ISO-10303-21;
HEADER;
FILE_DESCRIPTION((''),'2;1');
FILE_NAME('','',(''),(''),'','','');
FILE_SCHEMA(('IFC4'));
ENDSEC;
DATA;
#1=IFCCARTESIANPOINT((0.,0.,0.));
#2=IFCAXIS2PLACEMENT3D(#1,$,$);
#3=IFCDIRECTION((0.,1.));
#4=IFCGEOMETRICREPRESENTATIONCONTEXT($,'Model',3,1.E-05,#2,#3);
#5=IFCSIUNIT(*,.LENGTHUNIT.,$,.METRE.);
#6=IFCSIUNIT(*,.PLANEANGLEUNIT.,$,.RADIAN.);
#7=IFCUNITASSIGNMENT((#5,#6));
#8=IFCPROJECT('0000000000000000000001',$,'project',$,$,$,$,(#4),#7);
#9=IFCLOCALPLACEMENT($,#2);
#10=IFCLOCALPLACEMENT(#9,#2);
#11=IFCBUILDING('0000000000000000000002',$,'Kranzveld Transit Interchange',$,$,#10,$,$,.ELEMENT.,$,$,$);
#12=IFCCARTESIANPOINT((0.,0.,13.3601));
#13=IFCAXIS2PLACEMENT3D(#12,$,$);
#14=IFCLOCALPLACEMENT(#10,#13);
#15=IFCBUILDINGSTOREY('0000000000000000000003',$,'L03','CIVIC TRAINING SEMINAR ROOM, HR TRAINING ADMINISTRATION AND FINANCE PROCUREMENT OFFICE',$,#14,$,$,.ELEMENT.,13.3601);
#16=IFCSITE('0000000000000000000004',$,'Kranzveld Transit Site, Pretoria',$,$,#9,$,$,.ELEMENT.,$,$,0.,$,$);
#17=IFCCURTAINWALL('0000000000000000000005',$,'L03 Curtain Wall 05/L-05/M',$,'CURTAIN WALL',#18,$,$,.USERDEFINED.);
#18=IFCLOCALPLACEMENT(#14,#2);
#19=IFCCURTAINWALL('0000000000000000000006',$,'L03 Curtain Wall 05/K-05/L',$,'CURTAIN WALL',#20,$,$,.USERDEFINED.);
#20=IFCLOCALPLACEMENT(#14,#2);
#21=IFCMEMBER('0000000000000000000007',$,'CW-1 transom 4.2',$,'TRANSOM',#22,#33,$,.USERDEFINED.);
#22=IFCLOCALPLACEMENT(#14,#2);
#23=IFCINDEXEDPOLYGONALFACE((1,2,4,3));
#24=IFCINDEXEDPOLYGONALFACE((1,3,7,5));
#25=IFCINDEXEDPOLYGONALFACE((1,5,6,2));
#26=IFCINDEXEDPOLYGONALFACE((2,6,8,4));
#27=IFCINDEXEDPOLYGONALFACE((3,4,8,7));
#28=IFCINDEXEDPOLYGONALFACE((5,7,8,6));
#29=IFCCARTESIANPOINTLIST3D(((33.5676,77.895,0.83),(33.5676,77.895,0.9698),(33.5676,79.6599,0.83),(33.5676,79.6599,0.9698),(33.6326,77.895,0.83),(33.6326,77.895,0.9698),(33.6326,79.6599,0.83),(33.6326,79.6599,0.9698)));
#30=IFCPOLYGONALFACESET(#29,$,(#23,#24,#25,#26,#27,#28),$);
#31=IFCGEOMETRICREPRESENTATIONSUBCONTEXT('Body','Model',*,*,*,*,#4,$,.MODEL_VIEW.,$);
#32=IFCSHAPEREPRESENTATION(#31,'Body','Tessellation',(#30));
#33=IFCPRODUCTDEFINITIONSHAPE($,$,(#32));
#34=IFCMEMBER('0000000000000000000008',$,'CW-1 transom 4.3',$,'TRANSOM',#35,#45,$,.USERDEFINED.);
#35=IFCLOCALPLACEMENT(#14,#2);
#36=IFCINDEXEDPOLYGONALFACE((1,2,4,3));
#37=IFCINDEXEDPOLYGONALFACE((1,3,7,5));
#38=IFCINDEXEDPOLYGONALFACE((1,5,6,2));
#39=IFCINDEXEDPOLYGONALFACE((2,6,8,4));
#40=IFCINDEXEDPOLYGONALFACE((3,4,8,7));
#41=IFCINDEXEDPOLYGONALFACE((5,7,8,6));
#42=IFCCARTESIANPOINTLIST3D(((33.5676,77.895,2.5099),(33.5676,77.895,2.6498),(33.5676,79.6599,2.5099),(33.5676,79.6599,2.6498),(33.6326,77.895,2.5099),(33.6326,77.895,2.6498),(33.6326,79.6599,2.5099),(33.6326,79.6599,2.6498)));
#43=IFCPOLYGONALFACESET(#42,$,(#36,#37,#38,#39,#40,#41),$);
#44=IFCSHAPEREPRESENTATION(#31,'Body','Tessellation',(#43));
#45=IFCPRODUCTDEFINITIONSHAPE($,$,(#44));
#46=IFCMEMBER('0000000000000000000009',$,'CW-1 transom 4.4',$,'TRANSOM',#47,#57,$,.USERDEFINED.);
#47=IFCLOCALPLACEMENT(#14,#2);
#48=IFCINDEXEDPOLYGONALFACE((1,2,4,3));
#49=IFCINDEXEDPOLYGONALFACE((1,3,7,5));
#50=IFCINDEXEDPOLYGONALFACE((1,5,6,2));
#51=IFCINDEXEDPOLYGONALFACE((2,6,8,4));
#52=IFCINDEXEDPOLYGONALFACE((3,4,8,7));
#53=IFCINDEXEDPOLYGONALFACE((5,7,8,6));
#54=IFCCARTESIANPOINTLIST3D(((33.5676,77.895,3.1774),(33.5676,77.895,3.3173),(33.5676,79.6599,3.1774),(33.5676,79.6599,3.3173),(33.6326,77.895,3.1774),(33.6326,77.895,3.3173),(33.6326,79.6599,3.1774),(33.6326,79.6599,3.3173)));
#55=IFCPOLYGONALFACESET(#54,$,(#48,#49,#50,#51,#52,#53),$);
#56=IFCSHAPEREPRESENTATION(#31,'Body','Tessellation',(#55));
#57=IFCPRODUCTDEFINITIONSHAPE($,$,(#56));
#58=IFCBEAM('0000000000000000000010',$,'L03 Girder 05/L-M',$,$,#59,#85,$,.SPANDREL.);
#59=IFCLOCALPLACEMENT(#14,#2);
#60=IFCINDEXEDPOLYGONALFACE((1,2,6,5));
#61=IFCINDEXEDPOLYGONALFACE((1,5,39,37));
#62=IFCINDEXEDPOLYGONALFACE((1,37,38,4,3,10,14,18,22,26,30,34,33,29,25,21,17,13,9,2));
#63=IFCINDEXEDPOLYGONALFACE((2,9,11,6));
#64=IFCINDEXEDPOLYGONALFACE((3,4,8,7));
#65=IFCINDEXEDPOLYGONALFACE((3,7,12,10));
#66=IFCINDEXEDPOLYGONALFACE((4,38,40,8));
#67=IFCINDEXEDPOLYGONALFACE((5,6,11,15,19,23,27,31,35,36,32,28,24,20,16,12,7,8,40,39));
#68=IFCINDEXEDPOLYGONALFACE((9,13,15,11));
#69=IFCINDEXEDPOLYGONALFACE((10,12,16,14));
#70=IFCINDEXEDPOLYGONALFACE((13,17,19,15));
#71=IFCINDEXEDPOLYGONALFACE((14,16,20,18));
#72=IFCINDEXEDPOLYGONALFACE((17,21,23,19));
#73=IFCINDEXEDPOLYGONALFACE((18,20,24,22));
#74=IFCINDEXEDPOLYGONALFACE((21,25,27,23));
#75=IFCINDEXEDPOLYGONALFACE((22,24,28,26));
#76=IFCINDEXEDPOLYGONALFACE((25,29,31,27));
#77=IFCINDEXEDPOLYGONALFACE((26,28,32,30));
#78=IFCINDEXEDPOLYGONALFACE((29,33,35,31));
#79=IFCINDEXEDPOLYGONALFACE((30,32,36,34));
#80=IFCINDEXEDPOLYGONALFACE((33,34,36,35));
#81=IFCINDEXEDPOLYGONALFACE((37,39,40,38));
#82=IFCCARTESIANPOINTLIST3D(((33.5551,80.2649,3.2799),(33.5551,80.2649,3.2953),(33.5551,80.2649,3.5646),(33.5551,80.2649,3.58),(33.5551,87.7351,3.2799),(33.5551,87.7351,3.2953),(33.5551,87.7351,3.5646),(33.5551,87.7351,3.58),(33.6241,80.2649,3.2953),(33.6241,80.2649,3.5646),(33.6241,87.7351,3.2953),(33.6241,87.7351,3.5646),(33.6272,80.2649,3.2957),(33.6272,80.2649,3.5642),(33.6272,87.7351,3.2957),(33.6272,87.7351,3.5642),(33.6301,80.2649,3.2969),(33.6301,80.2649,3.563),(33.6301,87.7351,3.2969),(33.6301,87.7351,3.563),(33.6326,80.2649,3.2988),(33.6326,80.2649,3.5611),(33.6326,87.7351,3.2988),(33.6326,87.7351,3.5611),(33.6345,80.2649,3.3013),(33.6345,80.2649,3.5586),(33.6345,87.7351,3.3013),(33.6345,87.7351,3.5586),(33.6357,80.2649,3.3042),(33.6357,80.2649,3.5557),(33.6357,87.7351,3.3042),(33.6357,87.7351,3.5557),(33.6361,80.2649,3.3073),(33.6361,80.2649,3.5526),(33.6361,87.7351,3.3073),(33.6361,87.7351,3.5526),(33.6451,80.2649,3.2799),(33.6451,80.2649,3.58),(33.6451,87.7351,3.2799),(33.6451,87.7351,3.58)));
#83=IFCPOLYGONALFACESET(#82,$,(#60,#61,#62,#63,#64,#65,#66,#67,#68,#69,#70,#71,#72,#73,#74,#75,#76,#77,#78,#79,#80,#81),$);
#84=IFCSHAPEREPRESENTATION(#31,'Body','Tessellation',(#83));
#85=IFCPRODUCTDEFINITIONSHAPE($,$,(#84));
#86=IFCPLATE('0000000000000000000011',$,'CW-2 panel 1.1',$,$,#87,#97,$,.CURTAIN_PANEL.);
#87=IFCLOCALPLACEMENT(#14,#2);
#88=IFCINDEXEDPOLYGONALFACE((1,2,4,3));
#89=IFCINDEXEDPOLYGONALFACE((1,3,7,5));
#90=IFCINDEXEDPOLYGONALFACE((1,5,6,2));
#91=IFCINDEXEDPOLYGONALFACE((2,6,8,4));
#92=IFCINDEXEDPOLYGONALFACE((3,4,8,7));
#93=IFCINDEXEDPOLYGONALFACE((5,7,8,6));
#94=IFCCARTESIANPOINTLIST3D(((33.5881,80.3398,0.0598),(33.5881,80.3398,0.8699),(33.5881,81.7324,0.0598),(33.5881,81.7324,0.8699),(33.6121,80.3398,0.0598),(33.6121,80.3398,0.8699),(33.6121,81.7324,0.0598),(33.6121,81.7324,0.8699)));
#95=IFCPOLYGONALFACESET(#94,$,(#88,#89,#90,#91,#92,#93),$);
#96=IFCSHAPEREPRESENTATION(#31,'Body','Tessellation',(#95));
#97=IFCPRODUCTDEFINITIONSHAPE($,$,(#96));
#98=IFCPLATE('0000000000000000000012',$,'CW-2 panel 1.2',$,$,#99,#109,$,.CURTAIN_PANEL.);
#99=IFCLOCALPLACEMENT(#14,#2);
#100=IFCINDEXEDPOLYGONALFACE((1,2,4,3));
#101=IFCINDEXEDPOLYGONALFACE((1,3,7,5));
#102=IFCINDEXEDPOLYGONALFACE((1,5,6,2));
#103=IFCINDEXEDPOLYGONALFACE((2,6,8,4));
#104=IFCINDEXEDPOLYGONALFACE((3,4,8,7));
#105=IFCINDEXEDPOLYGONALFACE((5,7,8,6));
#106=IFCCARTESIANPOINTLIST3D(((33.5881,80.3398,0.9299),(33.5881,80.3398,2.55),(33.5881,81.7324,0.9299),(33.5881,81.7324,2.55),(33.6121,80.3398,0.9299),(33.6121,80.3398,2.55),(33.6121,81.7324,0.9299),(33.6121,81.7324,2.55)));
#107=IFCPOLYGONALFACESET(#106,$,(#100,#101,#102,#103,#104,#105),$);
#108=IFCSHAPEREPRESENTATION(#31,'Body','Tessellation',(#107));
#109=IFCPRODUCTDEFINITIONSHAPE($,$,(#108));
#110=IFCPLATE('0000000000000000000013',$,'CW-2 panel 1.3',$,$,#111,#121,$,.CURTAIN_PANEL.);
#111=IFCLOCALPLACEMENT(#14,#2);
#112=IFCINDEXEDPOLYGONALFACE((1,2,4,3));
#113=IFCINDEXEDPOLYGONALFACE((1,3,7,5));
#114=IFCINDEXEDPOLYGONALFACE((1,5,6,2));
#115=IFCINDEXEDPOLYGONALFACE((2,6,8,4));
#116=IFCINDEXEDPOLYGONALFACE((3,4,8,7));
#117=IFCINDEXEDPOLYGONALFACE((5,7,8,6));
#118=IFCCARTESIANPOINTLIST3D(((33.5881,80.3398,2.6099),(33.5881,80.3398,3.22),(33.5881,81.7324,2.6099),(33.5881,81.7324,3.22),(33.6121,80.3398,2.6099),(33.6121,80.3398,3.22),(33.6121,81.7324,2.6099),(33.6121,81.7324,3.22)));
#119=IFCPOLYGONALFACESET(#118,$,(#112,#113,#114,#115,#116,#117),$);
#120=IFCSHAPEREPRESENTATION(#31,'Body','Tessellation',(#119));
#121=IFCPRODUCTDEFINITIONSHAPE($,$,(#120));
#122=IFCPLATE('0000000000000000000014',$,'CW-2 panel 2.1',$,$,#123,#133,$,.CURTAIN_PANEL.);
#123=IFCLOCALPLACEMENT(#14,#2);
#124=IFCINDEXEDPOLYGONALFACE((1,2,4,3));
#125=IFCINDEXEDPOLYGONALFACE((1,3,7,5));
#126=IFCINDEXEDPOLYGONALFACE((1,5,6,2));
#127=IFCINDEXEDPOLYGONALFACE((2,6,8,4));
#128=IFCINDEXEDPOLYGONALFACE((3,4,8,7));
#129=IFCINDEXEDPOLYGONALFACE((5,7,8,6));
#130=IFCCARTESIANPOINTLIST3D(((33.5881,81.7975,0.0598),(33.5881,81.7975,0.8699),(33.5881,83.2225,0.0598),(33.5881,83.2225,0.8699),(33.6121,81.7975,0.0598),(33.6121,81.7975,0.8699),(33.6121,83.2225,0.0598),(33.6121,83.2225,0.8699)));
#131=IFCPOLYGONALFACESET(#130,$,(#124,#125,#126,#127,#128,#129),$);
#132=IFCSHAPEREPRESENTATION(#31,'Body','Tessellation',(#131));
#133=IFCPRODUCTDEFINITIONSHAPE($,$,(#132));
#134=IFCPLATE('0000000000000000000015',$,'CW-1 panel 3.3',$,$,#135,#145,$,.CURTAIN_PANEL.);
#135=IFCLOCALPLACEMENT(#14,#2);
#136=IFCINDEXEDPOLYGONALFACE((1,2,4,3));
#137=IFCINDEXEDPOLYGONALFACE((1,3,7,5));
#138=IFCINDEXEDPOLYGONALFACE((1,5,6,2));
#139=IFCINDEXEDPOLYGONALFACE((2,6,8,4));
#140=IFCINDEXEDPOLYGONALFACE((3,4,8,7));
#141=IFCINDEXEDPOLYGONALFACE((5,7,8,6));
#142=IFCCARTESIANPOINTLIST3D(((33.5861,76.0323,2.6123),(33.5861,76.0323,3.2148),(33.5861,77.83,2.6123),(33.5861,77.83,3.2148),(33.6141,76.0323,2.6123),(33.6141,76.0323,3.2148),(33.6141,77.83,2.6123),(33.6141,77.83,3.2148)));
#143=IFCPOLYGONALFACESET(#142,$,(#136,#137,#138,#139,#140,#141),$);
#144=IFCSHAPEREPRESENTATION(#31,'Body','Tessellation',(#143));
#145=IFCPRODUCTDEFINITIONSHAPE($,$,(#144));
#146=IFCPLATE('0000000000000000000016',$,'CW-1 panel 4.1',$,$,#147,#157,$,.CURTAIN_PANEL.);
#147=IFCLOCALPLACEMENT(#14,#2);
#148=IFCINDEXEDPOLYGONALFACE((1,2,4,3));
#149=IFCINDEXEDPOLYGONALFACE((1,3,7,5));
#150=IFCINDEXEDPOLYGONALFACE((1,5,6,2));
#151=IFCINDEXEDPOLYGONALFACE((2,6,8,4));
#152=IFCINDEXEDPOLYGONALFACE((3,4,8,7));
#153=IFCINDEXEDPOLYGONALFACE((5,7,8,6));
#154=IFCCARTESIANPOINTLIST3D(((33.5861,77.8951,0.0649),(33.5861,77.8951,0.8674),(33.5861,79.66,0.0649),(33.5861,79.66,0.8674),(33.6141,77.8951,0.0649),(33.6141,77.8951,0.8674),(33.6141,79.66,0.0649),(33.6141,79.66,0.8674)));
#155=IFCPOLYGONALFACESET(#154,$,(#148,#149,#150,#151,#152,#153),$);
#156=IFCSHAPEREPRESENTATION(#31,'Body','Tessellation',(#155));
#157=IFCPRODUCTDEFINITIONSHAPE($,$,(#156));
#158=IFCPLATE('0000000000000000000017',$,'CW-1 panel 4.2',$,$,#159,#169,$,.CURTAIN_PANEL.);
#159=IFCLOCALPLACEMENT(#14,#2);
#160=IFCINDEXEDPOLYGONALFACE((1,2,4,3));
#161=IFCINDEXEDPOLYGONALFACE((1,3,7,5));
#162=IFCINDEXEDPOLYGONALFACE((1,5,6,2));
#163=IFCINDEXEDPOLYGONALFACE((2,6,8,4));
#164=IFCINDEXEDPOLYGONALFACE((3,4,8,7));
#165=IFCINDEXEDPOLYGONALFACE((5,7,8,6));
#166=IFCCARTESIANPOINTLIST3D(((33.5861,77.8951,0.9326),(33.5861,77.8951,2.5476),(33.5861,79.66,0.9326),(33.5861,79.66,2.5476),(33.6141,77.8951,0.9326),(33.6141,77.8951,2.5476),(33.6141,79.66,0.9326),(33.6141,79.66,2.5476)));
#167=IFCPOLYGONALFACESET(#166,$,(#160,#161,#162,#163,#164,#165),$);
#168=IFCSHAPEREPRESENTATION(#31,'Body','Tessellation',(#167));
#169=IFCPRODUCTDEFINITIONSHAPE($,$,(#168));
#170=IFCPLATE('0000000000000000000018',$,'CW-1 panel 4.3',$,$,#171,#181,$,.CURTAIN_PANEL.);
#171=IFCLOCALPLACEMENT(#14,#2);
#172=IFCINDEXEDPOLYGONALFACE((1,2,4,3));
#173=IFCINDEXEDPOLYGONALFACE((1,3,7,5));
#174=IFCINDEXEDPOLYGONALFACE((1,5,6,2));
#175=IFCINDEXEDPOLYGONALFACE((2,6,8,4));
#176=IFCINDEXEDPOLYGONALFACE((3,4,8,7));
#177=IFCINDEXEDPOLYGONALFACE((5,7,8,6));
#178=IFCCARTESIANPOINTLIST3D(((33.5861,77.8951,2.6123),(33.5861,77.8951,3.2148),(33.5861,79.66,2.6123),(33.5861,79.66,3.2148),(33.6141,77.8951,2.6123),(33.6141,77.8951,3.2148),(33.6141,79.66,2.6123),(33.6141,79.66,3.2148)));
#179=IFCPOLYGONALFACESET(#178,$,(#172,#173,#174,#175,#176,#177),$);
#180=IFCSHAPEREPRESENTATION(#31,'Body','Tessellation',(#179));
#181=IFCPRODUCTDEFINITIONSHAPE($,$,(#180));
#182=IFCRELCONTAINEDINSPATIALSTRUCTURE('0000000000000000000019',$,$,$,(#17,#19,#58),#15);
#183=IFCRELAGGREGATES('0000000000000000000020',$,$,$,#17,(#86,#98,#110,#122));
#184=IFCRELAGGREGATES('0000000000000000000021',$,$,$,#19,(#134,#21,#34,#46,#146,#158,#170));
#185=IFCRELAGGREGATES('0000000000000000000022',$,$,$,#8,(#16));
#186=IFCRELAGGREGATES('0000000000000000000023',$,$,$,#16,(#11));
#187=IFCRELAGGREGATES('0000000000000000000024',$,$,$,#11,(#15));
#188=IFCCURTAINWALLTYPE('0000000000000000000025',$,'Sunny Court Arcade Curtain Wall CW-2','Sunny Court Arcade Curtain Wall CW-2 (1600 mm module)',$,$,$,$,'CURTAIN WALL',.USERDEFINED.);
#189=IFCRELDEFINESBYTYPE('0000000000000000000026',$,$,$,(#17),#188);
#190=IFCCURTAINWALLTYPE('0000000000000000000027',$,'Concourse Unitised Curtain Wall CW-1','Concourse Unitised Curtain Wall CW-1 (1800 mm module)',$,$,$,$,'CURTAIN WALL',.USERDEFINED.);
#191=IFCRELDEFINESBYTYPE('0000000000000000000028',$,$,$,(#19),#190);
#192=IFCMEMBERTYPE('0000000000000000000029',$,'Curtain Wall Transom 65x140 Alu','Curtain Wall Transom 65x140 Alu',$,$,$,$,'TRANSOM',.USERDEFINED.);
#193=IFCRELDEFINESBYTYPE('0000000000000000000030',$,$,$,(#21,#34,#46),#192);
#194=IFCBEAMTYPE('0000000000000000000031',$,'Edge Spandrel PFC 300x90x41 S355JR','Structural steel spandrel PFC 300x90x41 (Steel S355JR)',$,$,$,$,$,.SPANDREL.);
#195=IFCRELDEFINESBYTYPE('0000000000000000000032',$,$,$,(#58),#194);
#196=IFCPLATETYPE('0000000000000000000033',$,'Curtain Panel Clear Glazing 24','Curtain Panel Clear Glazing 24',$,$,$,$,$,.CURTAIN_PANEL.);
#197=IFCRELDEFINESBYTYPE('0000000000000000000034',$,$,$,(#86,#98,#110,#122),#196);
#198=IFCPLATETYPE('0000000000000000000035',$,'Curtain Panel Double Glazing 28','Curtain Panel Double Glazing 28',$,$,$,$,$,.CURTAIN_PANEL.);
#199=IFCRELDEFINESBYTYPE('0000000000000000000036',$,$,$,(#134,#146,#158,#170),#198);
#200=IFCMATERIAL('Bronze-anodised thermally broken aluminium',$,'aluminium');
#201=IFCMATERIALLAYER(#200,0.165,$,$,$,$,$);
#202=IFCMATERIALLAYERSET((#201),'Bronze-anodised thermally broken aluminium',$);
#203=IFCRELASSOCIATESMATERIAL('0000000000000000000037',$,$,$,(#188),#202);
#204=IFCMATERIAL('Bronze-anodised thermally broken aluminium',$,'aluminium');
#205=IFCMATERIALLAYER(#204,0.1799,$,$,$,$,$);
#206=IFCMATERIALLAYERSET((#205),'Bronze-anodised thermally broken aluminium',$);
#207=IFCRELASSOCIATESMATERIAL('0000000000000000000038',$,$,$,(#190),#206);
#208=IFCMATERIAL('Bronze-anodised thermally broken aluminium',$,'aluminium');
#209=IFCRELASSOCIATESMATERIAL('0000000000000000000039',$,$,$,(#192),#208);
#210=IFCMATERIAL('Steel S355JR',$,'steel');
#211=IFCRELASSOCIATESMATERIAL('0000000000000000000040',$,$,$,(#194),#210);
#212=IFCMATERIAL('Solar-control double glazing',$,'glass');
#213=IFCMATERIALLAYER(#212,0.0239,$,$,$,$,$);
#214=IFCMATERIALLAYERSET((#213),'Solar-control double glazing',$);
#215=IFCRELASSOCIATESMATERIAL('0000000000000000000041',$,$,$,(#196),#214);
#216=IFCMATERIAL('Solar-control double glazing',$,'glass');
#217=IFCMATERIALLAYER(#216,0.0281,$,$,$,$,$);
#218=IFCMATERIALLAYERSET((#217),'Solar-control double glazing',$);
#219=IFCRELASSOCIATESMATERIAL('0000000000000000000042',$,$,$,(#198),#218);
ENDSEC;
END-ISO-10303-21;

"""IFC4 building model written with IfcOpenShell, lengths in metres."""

from ifc_helpers import new_model, si_unit, direction, frame, origin, origin_2d, place, context, subcontext, project, spatial, rectangle, u_section, extrude, material, layer, layer_set, material_profile, profile_set, type_object, element, aggregate, save


model = new_model("IFC4")

# Units and contexts
model_context = context("Model", 3, precision=1e-05, world=origin(), true_north=direction((0.0, 1.0)))
body_context = subcontext(model_context, "Body", "Model", "MODEL_VIEW")
ifc_project = project(units=[si_unit("LENGTHUNIT", "METRE"), si_unit("PLANEANGLEUNIT", "RADIAN")], contexts=[model_context])

# Site, building, storey
site_placement = place(None, origin())
site = spatial("IfcSite", under=ifc_project, at=site_placement, Name="Kranzveld Transit Site, Pretoria", CompositionType="ELEMENT", RefElevation=0.0)
building_placement = place(site_placement, origin())
building = spatial("IfcBuilding", under=site, at=building_placement, Name="Kranzveld Transit Interchange", CompositionType="ELEMENT")
storey_placement = place(building_placement, frame((0.0, 0.0, 13.3601)))
storey = spatial("IfcBuildingStorey", under=building, at=storey_placement, Name="L03", Description="CIVIC TRAINING SEMINAR ROOM, HR TRAINING ADMINISTRATION AND FINANCE PROCUREMENT OFFICE", CompositionType="ELEMENT", Elevation=13.3601)

# Curtain walls
ifc_material_1 = material(Name="Bronze-anodised thermally broken aluminium", Category="aluminium")
ifc_layer_1 = layer(ifc_material_1, 0.165)
ifc_layer_set_1 = layer_set([ifc_layer_1], Name="Bronze-anodised thermally broken aluminium")
curtain_wall_type_1 = type_object("IfcCurtainWallType", Name="Sunny Court Arcade Curtain Wall CW-2", Description="Sunny Court Arcade Curtain Wall CW-2 (1600 mm module)", ElementType="CURTAIN WALL", PredefinedType="USERDEFINED", material=ifc_layer_set_1)
curtain_wall_1_placement = place(storey_placement, origin())
curtain_wall_1 = element("IfcCurtainWall", 1, at=curtain_wall_1_placement, inside=storey, type_object=curtain_wall_type_1, Name="L03 Curtain Wall 05/L-05/M", ObjectType="CURTAIN WALL", PredefinedType="USERDEFINED")
ifc_material_2 = material(Name="Bronze-anodised thermally broken aluminium", Category="aluminium")
ifc_layer_2 = layer(ifc_material_2, 0.1799)
ifc_layer_set_2 = layer_set([ifc_layer_2], Name="Bronze-anodised thermally broken aluminium")
curtain_wall_type_2 = type_object("IfcCurtainWallType", Name="Concourse Unitised Curtain Wall CW-1", Description="Concourse Unitised Curtain Wall CW-1 (1800 mm module)", ElementType="CURTAIN WALL", PredefinedType="USERDEFINED", material=ifc_layer_set_2)
curtain_wall_2_placement = place(storey_placement, origin())
curtain_wall_2 = element("IfcCurtainWall", 2, at=curtain_wall_2_placement, inside=storey, type_object=curtain_wall_type_2, Name="L03 Curtain Wall 05/K-05/L", ObjectType="CURTAIN WALL", PredefinedType="USERDEFINED")

# Members
ifc_material_3 = material(Name="Bronze-anodised thermally broken aluminium", Category="aluminium")
ifc_material_profile_1 = material_profile(ifc_material_3, rectangle(XDim=0.0649, YDim=0.1399, at=origin_2d()), Name="ALU TRANSOM 65x140")
ifc_profile_set_1 = profile_set([ifc_material_profile_1], Name="Bronze-anodised thermally broken aluminium")
member_type_1 = type_object("IfcMemberType", Name="Curtain Wall Transom 65x140 Alu", Description="Curtain Wall Transom 65x140 Alu", ElementType="TRANSOM", PredefinedType="USERDEFINED", material=ifc_profile_set_1)
member_1_placement = place(storey_placement, frame((33.6001, 77.895, 0.8999), z_axis=(0.0, 1.0, 0.0), x_axis=(-1.0, 0.0, 0.0)))
member_1 = element("IfcMember", 3, at=member_1_placement, type_object=member_type_1, Name="CW-1 transom 4.2", ObjectType="TRANSOM", PredefinedType="USERDEFINED", context=body_context, shape_type="SweptSolid", body=[
    extrude(rectangle(XDim=0.0649, YDim=0.1399, at=origin_2d()), origin(), (0.0, 0.0, 1.0), 1.7649),
])
member_2_placement = place(storey_placement, frame((33.6001, 77.895, 2.5798), z_axis=(0.0, 1.0, 0.0), x_axis=(-1.0, 0.0, 0.0)))
member_2 = element("IfcMember", 4, at=member_2_placement, type_object=member_type_1, Name="CW-1 transom 4.3", ObjectType="TRANSOM", PredefinedType="USERDEFINED", context=body_context, shape_type="SweptSolid", body=[
    extrude(rectangle(XDim=0.0649, YDim=0.1399, at=origin_2d()), origin(), (0.0, 0.0, 1.0), 1.7649),
])
member_3_placement = place(storey_placement, frame((33.6001, 77.895, 3.2473), z_axis=(0.0, 1.0, 0.0), x_axis=(-1.0, 0.0, 0.0)))
member_3 = element("IfcMember", 5, at=member_3_placement, type_object=member_type_1, Name="CW-1 transom 4.4", ObjectType="TRANSOM", PredefinedType="USERDEFINED", context=body_context, shape_type="SweptSolid", body=[
    extrude(rectangle(XDim=0.0649, YDim=0.1399, at=origin_2d()), origin(), (0.0, 0.0, 1.0), 1.7649),
])

# Beam
ifc_material_4 = material(Name="Steel S355JR", Category="steel")
ifc_material_profile_2 = material_profile(ifc_material_4, u_section(Depth=0.3, FlangeWidth=0.0901, WebThickness=0.009, FlangeThickness=0.0154, FilletRadius=0.012, at=origin_2d()), Name="PFC 300x90x41")
ifc_profile_set_2 = profile_set([ifc_material_profile_2], Name="Steel S355JR")
beam_type = type_object("IfcBeamType", Name="Edge Spandrel PFC 300x90x41 S355JR", Description="Structural steel spandrel PFC 300x90x41 (Steel S355JR)", PredefinedType="SPANDREL", material=ifc_profile_set_2)
beam_placement = place(storey_placement, frame((33.6001, 80.2649, 3.4299), z_axis=(0.0, 1.0, 0.0), x_axis=(-1.0, 0.0, 0.0)))
element("IfcBeam", 6, at=beam_placement, inside=storey, type_object=beam_type, Name="L03 Girder 05/L-M", PredefinedType="SPANDREL", context=body_context, shape_type="SweptSolid", body=[
    extrude(u_section(Depth=0.3, FlangeWidth=0.0901, WebThickness=0.009, FlangeThickness=0.0154, FilletRadius=0.012, at=origin_2d()), origin(), (0.0, 0.0, 1.0), 7.4702),
])

# Plates
ifc_material_5 = material(Name="Solar-control double glazing", Category="glass")
ifc_layer_3 = layer(ifc_material_5, 0.0239)
ifc_layer_set_3 = layer_set([ifc_layer_3], Name="Solar-control double glazing")
plate_type_1 = type_object("IfcPlateType", Name="Curtain Panel Clear Glazing 24", Description="Curtain Panel Clear Glazing 24", PredefinedType="CURTAIN_PANEL", material=ifc_layer_set_3)
plate_1_placement = place(storey_placement, frame((33.6001, 81.0361, 0.0598), z_axis=(0.0, 0.0, 1.0), x_axis=(0.0, 1.0, 0.0)))
plate_1 = element("IfcPlate", 7, at=plate_1_placement, type_object=plate_type_1, Name="CW-2 panel 1.1", PredefinedType="CURTAIN_PANEL", context=body_context, shape_type="SweptSolid", body=[
    extrude(rectangle(XDim=1.3926, YDim=0.0239, at=origin_2d()), origin(), (0.0, 0.0, 1.0), 0.8101),
])
plate_2_placement = place(storey_placement, frame((33.6001, 81.0361, 0.9299), z_axis=(0.0, 0.0, 1.0), x_axis=(0.0, 1.0, 0.0)))
plate_2 = element("IfcPlate", 8, at=plate_2_placement, type_object=plate_type_1, Name="CW-2 panel 1.2", PredefinedType="CURTAIN_PANEL", context=body_context, shape_type="SweptSolid", body=[
    extrude(rectangle(XDim=1.3926, YDim=0.0239, at=origin_2d()), origin(), (0.0, 0.0, 1.0), 1.6201),
])
plate_3_placement = place(storey_placement, frame((33.6001, 81.0361, 2.6099), z_axis=(0.0, 0.0, 1.0), x_axis=(0.0, 1.0, 0.0)))
plate_3 = element("IfcPlate", 9, at=plate_3_placement, type_object=plate_type_1, Name="CW-2 panel 1.3", PredefinedType="CURTAIN_PANEL", context=body_context, shape_type="SweptSolid", body=[
    extrude(rectangle(XDim=1.3926, YDim=0.0239, at=origin_2d()), origin(), (0.0, 0.0, 1.0), 0.6101),
])
plate_4_placement = place(storey_placement, frame((33.6001, 82.51, 0.0598), z_axis=(0.0, 0.0, 1.0), x_axis=(0.0, 1.0, 0.0)))
plate_4 = element("IfcPlate", 10, at=plate_4_placement, type_object=plate_type_1, Name="CW-2 panel 2.1", PredefinedType="CURTAIN_PANEL", context=body_context, shape_type="SweptSolid", body=[
    extrude(rectangle(XDim=1.425, YDim=0.0239, at=origin_2d()), origin(), (0.0, 0.0, 1.0), 0.8101),
])
aggregate(curtain_wall_1, [plate_1, plate_2, plate_3, plate_4])
ifc_material_6 = material(Name="Solar-control double glazing", Category="glass")
ifc_layer_4 = layer(ifc_material_6, 0.0281)
ifc_layer_set_4 = layer_set([ifc_layer_4], Name="Solar-control double glazing")
plate_type_2 = type_object("IfcPlateType", Name="Curtain Panel Double Glazing 28", Description="Curtain Panel Double Glazing 28", PredefinedType="CURTAIN_PANEL", material=ifc_layer_set_4)
plate_5_placement = place(storey_placement, frame((33.6001, 76.9312, 2.6123), z_axis=(0.0, 0.0, 1.0), x_axis=(0.0, 1.0, 0.0)))
plate_5 = element("IfcPlate", 11, at=plate_5_placement, type_object=plate_type_2, Name="CW-1 panel 3.3", PredefinedType="CURTAIN_PANEL", context=body_context, shape_type="SweptSolid", body=[
    extrude(rectangle(XDim=1.7976, YDim=0.0281, at=origin_2d()), origin(), (0.0, 0.0, 1.0), 0.6025),
])
plate_6_placement = place(storey_placement, frame((33.6001, 78.7776, 0.0649), z_axis=(0.0, 0.0, 1.0), x_axis=(0.0, 1.0, 0.0)))
plate_6 = element("IfcPlate", 12, at=plate_6_placement, type_object=plate_type_2, Name="CW-1 panel 4.1", PredefinedType="CURTAIN_PANEL", context=body_context, shape_type="SweptSolid", body=[
    extrude(rectangle(XDim=1.7649, YDim=0.0281, at=origin_2d()), origin(), (0.0, 0.0, 1.0), 0.8025),
])
plate_7_placement = place(storey_placement, frame((33.6001, 78.7776, 0.9326), z_axis=(0.0, 0.0, 1.0), x_axis=(0.0, 1.0, 0.0)))
plate_7 = element("IfcPlate", 13, at=plate_7_placement, type_object=plate_type_2, Name="CW-1 panel 4.2", PredefinedType="CURTAIN_PANEL", context=body_context, shape_type="SweptSolid", body=[
    extrude(rectangle(XDim=1.7649, YDim=0.0281, at=origin_2d()), origin(), (0.0, 0.0, 1.0), 1.615),
])
plate_8_placement = place(storey_placement, frame((33.6001, 78.7776, 2.6123), z_axis=(0.0, 0.0, 1.0), x_axis=(0.0, 1.0, 0.0)))
plate_8 = element("IfcPlate", 14, at=plate_8_placement, type_object=plate_type_2, Name="CW-1 panel 4.3", PredefinedType="CURTAIN_PANEL", context=body_context, shape_type="SweptSolid", body=[
    extrude(rectangle(XDim=1.7649, YDim=0.0281, at=origin_2d()), origin(), (0.0, 0.0, 1.0), 0.6025),
])
aggregate(curtain_wall_2, [plate_5, member_1, member_2, member_3, plate_6, plate_7, plate_8])

save(model, "model.ifc")
